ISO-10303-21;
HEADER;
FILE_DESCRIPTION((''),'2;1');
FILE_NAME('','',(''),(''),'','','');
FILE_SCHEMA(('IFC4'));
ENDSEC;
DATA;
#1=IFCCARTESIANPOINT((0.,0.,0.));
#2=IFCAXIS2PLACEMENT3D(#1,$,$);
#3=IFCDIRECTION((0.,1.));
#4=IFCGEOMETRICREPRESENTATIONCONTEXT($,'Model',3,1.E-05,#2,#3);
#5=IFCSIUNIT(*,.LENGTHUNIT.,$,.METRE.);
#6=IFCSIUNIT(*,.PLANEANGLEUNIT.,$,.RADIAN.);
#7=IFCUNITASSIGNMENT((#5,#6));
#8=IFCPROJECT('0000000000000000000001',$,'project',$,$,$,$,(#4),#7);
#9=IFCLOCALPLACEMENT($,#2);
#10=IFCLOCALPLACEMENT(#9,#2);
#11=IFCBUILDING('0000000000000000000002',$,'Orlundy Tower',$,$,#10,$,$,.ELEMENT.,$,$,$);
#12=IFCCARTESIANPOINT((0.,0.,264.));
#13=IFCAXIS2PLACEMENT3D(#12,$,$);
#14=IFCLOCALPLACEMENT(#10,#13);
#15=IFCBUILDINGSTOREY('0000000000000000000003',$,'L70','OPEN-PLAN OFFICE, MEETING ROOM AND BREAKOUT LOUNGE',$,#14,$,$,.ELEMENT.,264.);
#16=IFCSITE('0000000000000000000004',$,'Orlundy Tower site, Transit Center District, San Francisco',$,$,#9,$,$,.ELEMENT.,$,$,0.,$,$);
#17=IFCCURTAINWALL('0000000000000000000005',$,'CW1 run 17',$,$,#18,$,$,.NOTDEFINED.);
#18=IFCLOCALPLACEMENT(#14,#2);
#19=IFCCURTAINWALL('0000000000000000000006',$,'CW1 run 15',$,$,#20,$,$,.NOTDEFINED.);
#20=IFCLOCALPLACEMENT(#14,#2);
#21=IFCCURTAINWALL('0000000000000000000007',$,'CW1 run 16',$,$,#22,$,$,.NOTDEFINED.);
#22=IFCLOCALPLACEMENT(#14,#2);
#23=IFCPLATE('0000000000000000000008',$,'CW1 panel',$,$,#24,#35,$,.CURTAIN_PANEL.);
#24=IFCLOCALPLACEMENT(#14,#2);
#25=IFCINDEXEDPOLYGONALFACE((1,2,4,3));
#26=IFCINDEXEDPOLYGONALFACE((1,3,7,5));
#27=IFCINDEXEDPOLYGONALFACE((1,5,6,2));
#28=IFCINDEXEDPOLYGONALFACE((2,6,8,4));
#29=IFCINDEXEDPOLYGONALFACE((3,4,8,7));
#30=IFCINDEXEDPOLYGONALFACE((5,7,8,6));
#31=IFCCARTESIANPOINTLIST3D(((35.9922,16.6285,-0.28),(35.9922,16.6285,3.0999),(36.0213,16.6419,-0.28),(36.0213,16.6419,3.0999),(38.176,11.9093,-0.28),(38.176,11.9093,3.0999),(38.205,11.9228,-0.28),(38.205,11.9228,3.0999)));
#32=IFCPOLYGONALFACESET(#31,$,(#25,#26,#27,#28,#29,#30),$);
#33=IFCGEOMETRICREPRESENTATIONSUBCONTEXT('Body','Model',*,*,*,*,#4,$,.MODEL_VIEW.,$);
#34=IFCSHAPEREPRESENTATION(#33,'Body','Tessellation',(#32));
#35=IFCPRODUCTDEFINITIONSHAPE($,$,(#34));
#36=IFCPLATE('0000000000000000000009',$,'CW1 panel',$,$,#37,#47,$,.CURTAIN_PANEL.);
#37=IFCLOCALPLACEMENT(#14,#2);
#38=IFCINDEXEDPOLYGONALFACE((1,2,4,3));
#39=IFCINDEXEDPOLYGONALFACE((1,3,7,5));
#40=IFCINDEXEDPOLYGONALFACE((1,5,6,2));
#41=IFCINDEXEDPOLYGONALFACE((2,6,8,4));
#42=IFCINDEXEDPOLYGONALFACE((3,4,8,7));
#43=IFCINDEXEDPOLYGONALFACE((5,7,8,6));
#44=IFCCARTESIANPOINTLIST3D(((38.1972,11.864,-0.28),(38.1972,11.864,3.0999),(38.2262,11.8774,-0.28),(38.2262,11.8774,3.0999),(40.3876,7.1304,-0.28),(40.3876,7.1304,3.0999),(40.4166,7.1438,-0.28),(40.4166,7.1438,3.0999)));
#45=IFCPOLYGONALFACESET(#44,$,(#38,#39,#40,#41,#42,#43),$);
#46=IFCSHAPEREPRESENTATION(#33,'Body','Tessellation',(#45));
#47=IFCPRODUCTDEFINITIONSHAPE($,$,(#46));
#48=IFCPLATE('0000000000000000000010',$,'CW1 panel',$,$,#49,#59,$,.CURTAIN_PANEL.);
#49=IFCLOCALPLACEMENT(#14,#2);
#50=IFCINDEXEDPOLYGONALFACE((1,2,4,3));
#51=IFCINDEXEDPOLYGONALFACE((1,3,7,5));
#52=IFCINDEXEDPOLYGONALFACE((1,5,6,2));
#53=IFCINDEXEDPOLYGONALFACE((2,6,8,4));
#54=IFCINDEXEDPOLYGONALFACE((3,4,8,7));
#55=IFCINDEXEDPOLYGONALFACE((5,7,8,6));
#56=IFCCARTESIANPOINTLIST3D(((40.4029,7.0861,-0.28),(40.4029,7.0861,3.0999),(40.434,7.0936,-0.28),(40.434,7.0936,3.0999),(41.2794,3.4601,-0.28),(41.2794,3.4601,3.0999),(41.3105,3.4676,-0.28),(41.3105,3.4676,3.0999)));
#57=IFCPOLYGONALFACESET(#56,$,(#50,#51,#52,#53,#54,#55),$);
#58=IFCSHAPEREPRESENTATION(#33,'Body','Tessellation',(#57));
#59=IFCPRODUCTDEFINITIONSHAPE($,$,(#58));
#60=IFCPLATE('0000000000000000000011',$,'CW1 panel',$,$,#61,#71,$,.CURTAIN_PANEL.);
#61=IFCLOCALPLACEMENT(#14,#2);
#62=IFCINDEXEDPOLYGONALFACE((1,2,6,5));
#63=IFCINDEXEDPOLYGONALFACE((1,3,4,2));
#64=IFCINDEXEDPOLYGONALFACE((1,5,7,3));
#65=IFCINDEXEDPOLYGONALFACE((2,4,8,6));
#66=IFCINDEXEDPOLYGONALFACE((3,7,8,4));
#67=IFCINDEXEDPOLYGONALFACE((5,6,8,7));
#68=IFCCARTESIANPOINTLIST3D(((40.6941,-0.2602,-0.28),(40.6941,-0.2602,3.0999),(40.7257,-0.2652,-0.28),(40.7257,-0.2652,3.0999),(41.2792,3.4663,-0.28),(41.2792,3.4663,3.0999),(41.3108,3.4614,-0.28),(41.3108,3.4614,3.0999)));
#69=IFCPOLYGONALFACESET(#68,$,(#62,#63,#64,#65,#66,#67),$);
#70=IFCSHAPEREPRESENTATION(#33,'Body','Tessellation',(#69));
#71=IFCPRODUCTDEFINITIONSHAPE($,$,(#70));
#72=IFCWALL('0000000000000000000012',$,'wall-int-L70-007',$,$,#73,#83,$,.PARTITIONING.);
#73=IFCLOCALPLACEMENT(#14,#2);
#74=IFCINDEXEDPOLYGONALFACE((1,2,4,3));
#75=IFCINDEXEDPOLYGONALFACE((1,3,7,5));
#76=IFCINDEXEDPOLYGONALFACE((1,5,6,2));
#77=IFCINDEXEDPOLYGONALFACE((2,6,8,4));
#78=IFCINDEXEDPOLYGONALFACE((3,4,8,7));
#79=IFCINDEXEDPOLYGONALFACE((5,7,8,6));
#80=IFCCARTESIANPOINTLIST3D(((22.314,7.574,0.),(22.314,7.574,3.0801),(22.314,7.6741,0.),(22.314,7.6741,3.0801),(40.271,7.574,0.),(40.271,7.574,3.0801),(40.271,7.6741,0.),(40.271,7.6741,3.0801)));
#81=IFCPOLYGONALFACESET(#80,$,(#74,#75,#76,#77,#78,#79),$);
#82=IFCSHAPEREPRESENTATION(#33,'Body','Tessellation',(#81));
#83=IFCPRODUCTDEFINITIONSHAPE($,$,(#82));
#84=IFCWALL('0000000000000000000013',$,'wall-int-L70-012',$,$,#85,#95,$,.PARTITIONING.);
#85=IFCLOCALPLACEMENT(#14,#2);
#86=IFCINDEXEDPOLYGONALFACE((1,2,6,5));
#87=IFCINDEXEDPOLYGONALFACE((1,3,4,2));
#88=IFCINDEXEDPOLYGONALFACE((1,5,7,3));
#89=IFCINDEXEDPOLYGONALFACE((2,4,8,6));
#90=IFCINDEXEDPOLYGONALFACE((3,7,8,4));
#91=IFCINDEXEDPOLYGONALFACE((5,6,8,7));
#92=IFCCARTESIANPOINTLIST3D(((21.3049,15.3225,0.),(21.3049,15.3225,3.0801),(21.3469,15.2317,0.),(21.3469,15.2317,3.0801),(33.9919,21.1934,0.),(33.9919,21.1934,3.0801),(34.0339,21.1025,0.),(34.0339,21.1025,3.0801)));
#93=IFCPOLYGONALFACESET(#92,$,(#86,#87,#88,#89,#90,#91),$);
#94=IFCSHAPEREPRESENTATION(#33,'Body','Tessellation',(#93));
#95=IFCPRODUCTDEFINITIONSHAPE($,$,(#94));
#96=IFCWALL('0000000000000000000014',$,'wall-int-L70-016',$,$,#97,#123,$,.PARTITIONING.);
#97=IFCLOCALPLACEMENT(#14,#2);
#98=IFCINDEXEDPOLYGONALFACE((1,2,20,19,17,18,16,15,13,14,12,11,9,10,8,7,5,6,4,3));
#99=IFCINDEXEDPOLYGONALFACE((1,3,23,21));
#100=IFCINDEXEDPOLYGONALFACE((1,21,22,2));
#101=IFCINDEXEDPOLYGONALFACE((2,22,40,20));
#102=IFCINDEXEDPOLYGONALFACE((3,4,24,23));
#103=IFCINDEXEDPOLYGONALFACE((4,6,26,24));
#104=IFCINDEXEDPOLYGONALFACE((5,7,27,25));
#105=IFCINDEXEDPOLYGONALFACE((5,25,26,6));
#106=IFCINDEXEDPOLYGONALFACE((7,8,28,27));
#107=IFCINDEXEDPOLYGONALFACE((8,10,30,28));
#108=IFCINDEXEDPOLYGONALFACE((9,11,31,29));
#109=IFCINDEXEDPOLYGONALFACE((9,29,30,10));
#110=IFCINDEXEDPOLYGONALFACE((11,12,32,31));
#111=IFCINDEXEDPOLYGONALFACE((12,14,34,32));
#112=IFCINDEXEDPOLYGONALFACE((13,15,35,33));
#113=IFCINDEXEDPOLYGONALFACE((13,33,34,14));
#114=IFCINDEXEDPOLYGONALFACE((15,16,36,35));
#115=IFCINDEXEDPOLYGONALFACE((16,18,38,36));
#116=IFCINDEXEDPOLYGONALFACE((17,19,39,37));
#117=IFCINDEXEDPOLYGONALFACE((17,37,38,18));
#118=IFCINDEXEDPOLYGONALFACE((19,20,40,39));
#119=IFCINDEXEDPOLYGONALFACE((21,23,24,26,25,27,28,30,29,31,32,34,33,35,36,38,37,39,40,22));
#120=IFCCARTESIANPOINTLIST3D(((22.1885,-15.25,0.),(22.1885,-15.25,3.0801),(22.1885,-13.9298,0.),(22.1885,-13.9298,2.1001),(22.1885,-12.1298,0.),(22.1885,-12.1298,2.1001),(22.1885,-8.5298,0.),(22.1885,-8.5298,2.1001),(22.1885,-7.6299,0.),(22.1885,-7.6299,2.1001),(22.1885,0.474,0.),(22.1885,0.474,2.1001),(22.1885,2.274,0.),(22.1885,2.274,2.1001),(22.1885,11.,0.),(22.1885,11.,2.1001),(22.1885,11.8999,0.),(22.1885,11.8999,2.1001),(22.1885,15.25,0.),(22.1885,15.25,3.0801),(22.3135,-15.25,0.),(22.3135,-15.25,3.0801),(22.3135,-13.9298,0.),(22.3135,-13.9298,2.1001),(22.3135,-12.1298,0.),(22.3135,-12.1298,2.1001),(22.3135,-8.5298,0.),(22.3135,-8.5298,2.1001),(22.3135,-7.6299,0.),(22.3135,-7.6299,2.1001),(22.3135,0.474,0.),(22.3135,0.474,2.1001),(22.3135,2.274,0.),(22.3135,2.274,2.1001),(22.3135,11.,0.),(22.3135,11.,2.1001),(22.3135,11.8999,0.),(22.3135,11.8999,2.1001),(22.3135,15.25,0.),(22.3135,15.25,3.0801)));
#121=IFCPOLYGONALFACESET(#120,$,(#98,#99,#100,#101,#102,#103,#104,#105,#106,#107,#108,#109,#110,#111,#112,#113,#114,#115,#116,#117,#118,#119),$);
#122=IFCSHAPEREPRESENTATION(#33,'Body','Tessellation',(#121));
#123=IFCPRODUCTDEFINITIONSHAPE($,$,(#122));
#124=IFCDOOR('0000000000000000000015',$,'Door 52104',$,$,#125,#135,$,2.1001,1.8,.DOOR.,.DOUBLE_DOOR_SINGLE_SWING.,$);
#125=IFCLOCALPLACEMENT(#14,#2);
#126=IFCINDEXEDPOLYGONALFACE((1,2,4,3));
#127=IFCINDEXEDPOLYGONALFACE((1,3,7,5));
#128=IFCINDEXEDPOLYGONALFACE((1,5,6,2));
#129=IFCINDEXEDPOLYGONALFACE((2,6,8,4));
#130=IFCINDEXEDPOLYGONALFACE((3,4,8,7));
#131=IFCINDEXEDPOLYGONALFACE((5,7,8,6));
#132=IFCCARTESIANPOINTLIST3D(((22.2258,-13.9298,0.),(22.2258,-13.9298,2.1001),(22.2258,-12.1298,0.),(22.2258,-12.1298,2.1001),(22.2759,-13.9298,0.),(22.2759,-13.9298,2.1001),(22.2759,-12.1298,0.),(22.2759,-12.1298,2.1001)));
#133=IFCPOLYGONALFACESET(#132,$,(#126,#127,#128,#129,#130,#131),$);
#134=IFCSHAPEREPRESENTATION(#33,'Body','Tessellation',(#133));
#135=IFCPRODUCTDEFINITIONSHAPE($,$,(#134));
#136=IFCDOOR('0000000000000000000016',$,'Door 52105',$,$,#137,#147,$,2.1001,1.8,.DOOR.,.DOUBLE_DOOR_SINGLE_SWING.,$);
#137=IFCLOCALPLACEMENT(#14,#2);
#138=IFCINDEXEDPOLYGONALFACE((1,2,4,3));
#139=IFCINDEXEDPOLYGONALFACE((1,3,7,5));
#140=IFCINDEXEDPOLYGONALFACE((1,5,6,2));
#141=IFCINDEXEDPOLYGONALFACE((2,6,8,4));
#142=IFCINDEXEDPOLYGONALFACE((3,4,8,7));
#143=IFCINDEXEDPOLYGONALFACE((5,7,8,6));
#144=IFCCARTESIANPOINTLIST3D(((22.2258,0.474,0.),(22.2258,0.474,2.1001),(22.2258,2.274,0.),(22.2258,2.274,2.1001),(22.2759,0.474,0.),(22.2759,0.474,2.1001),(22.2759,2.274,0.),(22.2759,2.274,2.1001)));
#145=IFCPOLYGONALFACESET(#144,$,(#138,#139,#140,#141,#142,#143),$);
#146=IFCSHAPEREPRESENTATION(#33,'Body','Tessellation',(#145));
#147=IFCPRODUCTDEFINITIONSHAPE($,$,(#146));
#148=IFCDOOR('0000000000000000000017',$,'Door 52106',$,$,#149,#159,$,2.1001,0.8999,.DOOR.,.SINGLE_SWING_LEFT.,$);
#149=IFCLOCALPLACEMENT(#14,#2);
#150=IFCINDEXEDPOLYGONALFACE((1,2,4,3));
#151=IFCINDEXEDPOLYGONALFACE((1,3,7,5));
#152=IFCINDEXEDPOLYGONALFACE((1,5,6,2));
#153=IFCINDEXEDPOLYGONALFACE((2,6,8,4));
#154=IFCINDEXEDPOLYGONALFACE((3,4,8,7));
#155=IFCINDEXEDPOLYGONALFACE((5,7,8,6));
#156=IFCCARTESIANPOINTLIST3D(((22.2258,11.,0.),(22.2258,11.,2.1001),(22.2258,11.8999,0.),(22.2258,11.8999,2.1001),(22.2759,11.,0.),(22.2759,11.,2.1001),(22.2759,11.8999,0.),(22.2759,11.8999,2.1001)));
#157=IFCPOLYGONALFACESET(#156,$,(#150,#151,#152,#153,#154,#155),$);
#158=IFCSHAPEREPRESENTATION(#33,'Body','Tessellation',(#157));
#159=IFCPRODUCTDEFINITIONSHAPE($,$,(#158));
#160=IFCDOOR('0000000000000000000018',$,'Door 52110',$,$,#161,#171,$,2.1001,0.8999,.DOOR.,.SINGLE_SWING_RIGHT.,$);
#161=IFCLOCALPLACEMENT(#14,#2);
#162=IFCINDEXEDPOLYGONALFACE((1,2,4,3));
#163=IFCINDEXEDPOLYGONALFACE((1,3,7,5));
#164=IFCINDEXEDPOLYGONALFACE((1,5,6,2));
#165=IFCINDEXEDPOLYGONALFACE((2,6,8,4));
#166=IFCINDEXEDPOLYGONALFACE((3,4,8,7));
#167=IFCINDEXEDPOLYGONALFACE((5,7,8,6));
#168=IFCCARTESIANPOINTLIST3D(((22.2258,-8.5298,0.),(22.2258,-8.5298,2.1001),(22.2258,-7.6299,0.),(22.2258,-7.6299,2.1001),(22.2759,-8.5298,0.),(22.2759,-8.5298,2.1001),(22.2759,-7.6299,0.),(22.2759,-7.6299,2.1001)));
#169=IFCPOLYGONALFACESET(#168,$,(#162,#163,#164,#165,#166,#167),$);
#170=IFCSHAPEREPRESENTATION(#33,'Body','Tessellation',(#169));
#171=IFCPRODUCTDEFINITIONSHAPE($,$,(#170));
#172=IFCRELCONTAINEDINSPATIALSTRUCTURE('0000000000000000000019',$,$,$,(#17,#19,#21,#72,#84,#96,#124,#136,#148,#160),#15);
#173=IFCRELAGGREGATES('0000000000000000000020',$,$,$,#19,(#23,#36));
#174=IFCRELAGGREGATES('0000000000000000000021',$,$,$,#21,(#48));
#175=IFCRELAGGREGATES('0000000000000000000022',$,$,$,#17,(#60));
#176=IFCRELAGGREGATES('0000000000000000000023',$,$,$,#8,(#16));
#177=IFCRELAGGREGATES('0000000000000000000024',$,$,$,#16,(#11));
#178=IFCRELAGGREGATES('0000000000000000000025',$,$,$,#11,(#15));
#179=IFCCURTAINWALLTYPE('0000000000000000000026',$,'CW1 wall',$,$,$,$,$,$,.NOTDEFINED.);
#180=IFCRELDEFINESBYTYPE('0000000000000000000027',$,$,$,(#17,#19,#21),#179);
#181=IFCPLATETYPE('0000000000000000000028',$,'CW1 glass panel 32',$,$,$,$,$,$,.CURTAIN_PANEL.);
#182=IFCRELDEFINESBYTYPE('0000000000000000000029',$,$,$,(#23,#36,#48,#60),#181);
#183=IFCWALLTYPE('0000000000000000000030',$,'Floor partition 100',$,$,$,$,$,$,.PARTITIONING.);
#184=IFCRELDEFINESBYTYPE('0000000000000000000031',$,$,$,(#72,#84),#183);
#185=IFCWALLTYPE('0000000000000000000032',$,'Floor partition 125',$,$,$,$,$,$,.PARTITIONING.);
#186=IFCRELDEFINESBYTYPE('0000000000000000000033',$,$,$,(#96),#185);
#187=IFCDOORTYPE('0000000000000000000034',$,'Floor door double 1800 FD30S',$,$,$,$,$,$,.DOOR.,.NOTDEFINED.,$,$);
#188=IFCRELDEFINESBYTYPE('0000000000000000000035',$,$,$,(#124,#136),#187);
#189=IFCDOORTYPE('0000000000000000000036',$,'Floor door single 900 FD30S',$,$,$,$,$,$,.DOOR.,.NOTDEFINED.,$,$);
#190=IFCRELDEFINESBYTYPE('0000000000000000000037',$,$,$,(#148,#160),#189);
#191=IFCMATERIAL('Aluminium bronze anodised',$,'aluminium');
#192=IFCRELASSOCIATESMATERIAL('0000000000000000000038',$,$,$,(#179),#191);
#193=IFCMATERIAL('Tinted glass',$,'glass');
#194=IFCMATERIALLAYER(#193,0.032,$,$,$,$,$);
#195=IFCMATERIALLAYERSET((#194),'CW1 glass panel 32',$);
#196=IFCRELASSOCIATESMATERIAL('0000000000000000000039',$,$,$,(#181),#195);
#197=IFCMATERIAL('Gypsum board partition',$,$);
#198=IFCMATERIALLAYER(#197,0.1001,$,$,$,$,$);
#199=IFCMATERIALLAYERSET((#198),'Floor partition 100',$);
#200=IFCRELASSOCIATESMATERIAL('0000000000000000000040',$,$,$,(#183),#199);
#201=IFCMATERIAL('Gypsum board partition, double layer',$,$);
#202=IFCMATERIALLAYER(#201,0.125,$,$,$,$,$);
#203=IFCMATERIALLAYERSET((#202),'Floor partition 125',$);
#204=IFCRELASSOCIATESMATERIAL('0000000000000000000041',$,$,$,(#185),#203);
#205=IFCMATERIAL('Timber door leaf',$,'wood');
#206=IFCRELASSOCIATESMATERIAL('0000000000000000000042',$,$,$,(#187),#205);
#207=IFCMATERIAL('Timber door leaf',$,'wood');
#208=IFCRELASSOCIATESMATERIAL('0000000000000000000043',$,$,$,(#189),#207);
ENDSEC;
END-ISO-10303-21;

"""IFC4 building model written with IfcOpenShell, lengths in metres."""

from ifc_helpers import new_model, si_unit, direction, frame, frame_2d, origin, origin_2d, place, context, subcontext, project, spatial, rectangle, extrude, material, layer, layer_set, type_object, element, fill, aggregate, save


model = new_model("IFC4")

# Units and contexts
model_context = context("Model", 3, precision=1e-05, world=origin(), true_north=direction((0.0, 1.0)))
body_context = subcontext(model_context, "Body", "Model", "MODEL_VIEW")
ifc_project = project(units=[si_unit("LENGTHUNIT", "METRE"), si_unit("PLANEANGLEUNIT", "RADIAN")], contexts=[model_context])

# Site, building, storey
site_placement = place(None, origin())
site = spatial("IfcSite", under=ifc_project, at=site_placement, Name="Orlundy Tower site, Transit Center District, San Francisco", CompositionType="ELEMENT", RefElevation=0.0)
building_placement = place(site_placement, origin())
building = spatial("IfcBuilding", under=site, at=building_placement, Name="Orlundy Tower", CompositionType="ELEMENT")
storey_placement = place(building_placement, frame((0.0, 0.0, 264.0)))
storey = spatial("IfcBuildingStorey", under=building, at=storey_placement, Name="L70", Description="OPEN-PLAN OFFICE, MEETING ROOM AND BREAKOUT LOUNGE", CompositionType="ELEMENT", Elevation=264.0)

# Curtain wall
ifc_material_1 = material(Name="Aluminium bronze anodised", Category="aluminium")
curtain_wall_type = type_object("IfcCurtainWallType", Name="CW1 wall", PredefinedType="NOTDEFINED", material=ifc_material_1)
curtain_wall_1_placement = place(storey_placement, origin())
curtain_wall_1 = element("IfcCurtainWall", 1, at=curtain_wall_1_placement, inside=storey, type_object=curtain_wall_type, Name="CW1 run 17", PredefinedType="NOTDEFINED")

# Curtain wall
curtain_wall_2_placement = place(storey_placement, origin())
curtain_wall_2 = element("IfcCurtainWall", 2, at=curtain_wall_2_placement, inside=storey, type_object=curtain_wall_type, Name="CW1 run 15", PredefinedType="NOTDEFINED")

# Curtain wall
curtain_wall_3_placement = place(storey_placement, origin())
curtain_wall_3 = element("IfcCurtainWall", 3, at=curtain_wall_3_placement, inside=storey, type_object=curtain_wall_type, Name="CW1 run 16", PredefinedType="NOTDEFINED")

# Plates
ifc_material_2 = material(Name="Tinted glass", Category="glass")
ifc_layer_1 = layer(ifc_material_2, 0.032)
ifc_layer_set_1 = layer_set([ifc_layer_1], Name="CW1 glass panel 32")
plate_type = type_object("IfcPlateType", Name="CW1 glass panel 32", PredefinedType="CURTAIN_PANEL", material=ifc_layer_set_1)
plate_1_placement = place(storey_placement, frame((37.0986, 14.2756, -0.28), z_axis=(0.0, 0.0, 1.0), x_axis=(0.419961, -0.907542, 0.0)))
plate_1 = element("IfcPlate", 4, at=plate_1_placement, type_object=plate_type, Name="CW1 panel", PredefinedType="CURTAIN_PANEL", context=body_context, shape_type="SweptSolid", body=[
    extrude(rectangle(XDim=5.2, YDim=0.032, at=origin_2d()), origin(), (0.0, 0.0, 1.0), 3.3799),
])
plate_2_placement = place(storey_placement, frame((39.3069, 9.5039, -0.28), z_axis=(0.0, 0.0, 1.0), x_axis=(0.419961, -0.907542, 0.0)))
plate_2 = element("IfcPlate", 5, at=plate_2_placement, type_object=plate_type, Name="CW1 panel", PredefinedType="CURTAIN_PANEL", context=body_context, shape_type="SweptSolid", body=[
    extrude(rectangle(XDim=5.2158, YDim=0.032, at=origin_2d()), origin(), (0.0, 0.0, 1.0), 3.3799),
])
aggregate(curtain_wall_2, [plate_1, plate_2])
plate_3_placement = place(storey_placement, frame((40.8567, 5.2769, -0.28), z_axis=(0.0, 0.0, 1.0), x_axis=(0.234975, -0.972002, 0.0)))
plate_3 = element("IfcPlate", 6, at=plate_3_placement, type_object=plate_type, Name="CW1 panel", PredefinedType="CURTAIN_PANEL", context=body_context, shape_type="SweptSolid", body=[
    extrude(rectangle(XDim=3.7305, YDim=0.032, at=origin_2d()), origin(), (0.0, 0.0, 1.0), 3.3799),
])
aggregate(curtain_wall_3, [plate_3])
plate_4_placement = place(storey_placement, frame((41.0024, 1.6006, -0.28), z_axis=(0.0, 0.0, 1.0), x_axis=(-0.155117, -0.987896, 0.0)))
plate_4 = element("IfcPlate", 7, at=plate_4_placement, type_object=plate_type, Name="CW1 panel", PredefinedType="CURTAIN_PANEL", context=body_context, shape_type="SweptSolid", body=[
    extrude(rectangle(XDim=3.7722, YDim=0.032, at=origin_2d()), origin(), (0.0, 0.0, 1.0), 3.3799),
])
aggregate(curtain_wall_1, [plate_4])

# Walls
ifc_material_3 = material(Name="Gypsum board partition")
ifc_layer_2 = layer(ifc_material_3, 0.1001)
ifc_layer_set_2 = layer_set([ifc_layer_2], Name="Floor partition 100")
wall_type_1 = type_object("IfcWallType", Name="Floor partition 100", PredefinedType="PARTITIONING", material=ifc_layer_set_2)
wall_1_placement = place(storey_placement, frame((22.314, 7.624, 0.0), z_axis=(0.0, 0.0, 1.0), x_axis=(1.0, 0.0, 0.0)))
element("IfcWall", 8, at=wall_1_placement, inside=storey, type_object=wall_type_1, Name="wall-int-L70-007", PredefinedType="PARTITIONING", context=body_context, shape_type="SweptSolid", body=[
    extrude(rectangle(XDim=17.957, YDim=0.1001, at=frame_2d((8.9785, 0.0))), origin(), (0.0, 0.0, 1.0), 3.0801),
])
wall_2_placement = place(storey_placement, frame((21.3259, 15.2771, 0.0), z_axis=(0.0, 0.0, 1.0), x_axis=(0.907542, 0.419961, 0.0)))
element("IfcWall", 9, at=wall_2_placement, inside=storey, type_object=wall_type_1, Name="wall-int-L70-012", PredefinedType="PARTITIONING", context=body_context, shape_type="SweptSolid", body=[
    extrude(rectangle(XDim=13.9795, YDim=0.1001, at=frame_2d((6.9897, 0.0))), origin(), (0.0, 0.0, 1.0), 3.0801),
])

# Wall, openings, doors
ifc_material_4 = material(Name="Gypsum board partition, double layer")
ifc_layer_3 = layer(ifc_material_4, 0.125)
ifc_layer_set_3 = layer_set([ifc_layer_3], Name="Floor partition 125")
wall_type_2 = type_object("IfcWallType", Name="Floor partition 125", PredefinedType="PARTITIONING", material=ifc_layer_set_3)
wall_3_placement = place(storey_placement, frame((22.251, 15.25, 0.0), z_axis=(0.0, 0.0, 1.0), x_axis=(0.0, -1.0, 0.0)))
wall_3 = element("IfcWall", 10, at=wall_3_placement, inside=storey, type_object=wall_type_2, Name="wall-int-L70-016", PredefinedType="PARTITIONING", context=body_context, shape_type="SweptSolid", body=[
    extrude(rectangle(XDim=30.5, YDim=0.125, at=frame_2d((15.25, 0.0))), origin(), (0.0, 0.0, 1.0), 3.0801),
])
opening_1_placement = place(wall_3_placement, frame((27.3799, 0.0, 0.0)))
opening_1 = element("IfcOpeningElement", 11, at=opening_1_placement, cuts=wall_3, PredefinedType="OPENING", context=body_context, shape_type="SweptSolid", body=[
    extrude(rectangle(XDim=1.8, YDim=2.1001, at=frame_2d((0.8999, 1.05))), frame((0.0, 0.0725, 0.0), z_axis=(0.0, -1.0, 0.0), x_axis=(1.0, 0.0, 0.0)), (0.0, 0.0, 1.0), 0.145),
])
opening_2_placement = place(wall_3_placement, frame((12.9761, 0.0, 0.0)))
opening_2 = element("IfcOpeningElement", 12, at=opening_2_placement, cuts=wall_3, PredefinedType="OPENING", context=body_context, shape_type="SweptSolid", body=[
    extrude(rectangle(XDim=1.8, YDim=2.1001, at=frame_2d((0.8999, 1.05))), frame((0.0, 0.0725, 0.0), z_axis=(0.0, -1.0, 0.0), x_axis=(1.0, 0.0, 0.0)), (0.0, 0.0, 1.0), 0.145),
])
opening_3_placement = place(wall_3_placement, frame((3.3501, 0.0, 0.0)))
opening_3 = element("IfcOpeningElement", 13, at=opening_3_placement, cuts=wall_3, PredefinedType="OPENING", context=body_context, shape_type="SweptSolid", body=[
    extrude(rectangle(XDim=0.8999, YDim=2.1001, at=frame_2d((0.45, 1.05))), frame((0.0, 0.0725, 0.0), z_axis=(0.0, -1.0, 0.0), x_axis=(1.0, 0.0, 0.0)), (0.0, 0.0, 1.0), 0.145),
])
opening_4_placement = place(wall_3_placement, frame((22.8799, 0.0, 0.0)))
opening_4 = element("IfcOpeningElement", 14, at=opening_4_placement, cuts=wall_3, PredefinedType="OPENING", context=body_context, shape_type="SweptSolid", body=[
    extrude(rectangle(XDim=0.8999, YDim=2.1001, at=frame_2d((0.45, 1.05))), frame((0.0, 0.0725, 0.0), z_axis=(0.0, -1.0, 0.0), x_axis=(1.0, 0.0, 0.0)), (0.0, 0.0, 1.0), 0.145),
])
ifc_material_5 = material(Name="Timber door leaf", Category="wood")
door_type_1 = type_object("IfcDoorType", Name="Floor door double 1800 FD30S", OperationType="NOTDEFINED", PredefinedType="DOOR", material=ifc_material_5)
door_1_placement = place(opening_1_placement, origin())
door_1 = element("IfcDoor", 15, at=door_1_placement, inside=storey, type_object=door_type_1, Name="Door 52104", OperationType="DOUBLE_DOOR_SINGLE_SWING", OverallHeight=2.1001, OverallWidth=1.8, PredefinedType="DOOR", context=body_context, shape_type="SweptSolid", body=[
    extrude(rectangle(XDim=1.8, YDim=2.1001, at=frame_2d((0.8999, 1.05))), frame((0.0, 0.0249, 0.0), z_axis=(0.0, -1.0, 0.0), x_axis=(1.0, 0.0, 0.0)), (0.0, 0.0, 1.0), 0.05),
])
fill(opening_1, door_1)
door_2_placement = place(opening_2_placement, origin())
door_2 = element("IfcDoor", 16, at=door_2_placement, inside=storey, type_object=door_type_1, Name="Door 52105", OperationType="DOUBLE_DOOR_SINGLE_SWING", OverallHeight=2.1001, OverallWidth=1.8, PredefinedType="DOOR", context=body_context, shape_type="SweptSolid", body=[
    extrude(rectangle(XDim=1.8, YDim=2.1001, at=frame_2d((0.8999, 1.05))), frame((0.0, 0.0249, 0.0), z_axis=(0.0, -1.0, 0.0), x_axis=(1.0, 0.0, 0.0)), (0.0, 0.0, 1.0), 0.05),
])
fill(opening_2, door_2)
ifc_material_6 = material(Name="Timber door leaf", Category="wood")
door_type_2 = type_object("IfcDoorType", Name="Floor door single 900 FD30S", OperationType="NOTDEFINED", PredefinedType="DOOR", material=ifc_material_6)
door_3_placement = place(opening_3_placement, origin())
door_3 = element("IfcDoor", 17, at=door_3_placement, inside=storey, type_object=door_type_2, Name="Door 52106", OperationType="SINGLE_SWING_LEFT", OverallHeight=2.1001, OverallWidth=0.8999, PredefinedType="DOOR", context=body_context, shape_type="SweptSolid", body=[
    extrude(rectangle(XDim=0.8999, YDim=2.1001, at=frame_2d((0.45, 1.05))), frame((0.0, 0.0249, 0.0), z_axis=(0.0, -1.0, 0.0), x_axis=(1.0, 0.0, 0.0)), (0.0, 0.0, 1.0), 0.05),
])
fill(opening_3, door_3)
door_4_placement = place(opening_4_placement, origin())
door_4 = element("IfcDoor", 18, at=door_4_placement, inside=storey, type_object=door_type_2, Name="Door 52110", OperationType="SINGLE_SWING_RIGHT", OverallHeight=2.1001, OverallWidth=0.8999, PredefinedType="DOOR", context=body_context, shape_type="SweptSolid", body=[
    extrude(rectangle(XDim=0.8999, YDim=2.1001, at=frame_2d((0.45, 1.05))), frame((0.0, 0.0249, 0.0), z_axis=(0.0, -1.0, 0.0), x_axis=(1.0, 0.0, 0.0)), (0.0, 0.0, 1.0), 0.05),
])
fill(opening_4, door_4)

save(model, "model.ifc")
